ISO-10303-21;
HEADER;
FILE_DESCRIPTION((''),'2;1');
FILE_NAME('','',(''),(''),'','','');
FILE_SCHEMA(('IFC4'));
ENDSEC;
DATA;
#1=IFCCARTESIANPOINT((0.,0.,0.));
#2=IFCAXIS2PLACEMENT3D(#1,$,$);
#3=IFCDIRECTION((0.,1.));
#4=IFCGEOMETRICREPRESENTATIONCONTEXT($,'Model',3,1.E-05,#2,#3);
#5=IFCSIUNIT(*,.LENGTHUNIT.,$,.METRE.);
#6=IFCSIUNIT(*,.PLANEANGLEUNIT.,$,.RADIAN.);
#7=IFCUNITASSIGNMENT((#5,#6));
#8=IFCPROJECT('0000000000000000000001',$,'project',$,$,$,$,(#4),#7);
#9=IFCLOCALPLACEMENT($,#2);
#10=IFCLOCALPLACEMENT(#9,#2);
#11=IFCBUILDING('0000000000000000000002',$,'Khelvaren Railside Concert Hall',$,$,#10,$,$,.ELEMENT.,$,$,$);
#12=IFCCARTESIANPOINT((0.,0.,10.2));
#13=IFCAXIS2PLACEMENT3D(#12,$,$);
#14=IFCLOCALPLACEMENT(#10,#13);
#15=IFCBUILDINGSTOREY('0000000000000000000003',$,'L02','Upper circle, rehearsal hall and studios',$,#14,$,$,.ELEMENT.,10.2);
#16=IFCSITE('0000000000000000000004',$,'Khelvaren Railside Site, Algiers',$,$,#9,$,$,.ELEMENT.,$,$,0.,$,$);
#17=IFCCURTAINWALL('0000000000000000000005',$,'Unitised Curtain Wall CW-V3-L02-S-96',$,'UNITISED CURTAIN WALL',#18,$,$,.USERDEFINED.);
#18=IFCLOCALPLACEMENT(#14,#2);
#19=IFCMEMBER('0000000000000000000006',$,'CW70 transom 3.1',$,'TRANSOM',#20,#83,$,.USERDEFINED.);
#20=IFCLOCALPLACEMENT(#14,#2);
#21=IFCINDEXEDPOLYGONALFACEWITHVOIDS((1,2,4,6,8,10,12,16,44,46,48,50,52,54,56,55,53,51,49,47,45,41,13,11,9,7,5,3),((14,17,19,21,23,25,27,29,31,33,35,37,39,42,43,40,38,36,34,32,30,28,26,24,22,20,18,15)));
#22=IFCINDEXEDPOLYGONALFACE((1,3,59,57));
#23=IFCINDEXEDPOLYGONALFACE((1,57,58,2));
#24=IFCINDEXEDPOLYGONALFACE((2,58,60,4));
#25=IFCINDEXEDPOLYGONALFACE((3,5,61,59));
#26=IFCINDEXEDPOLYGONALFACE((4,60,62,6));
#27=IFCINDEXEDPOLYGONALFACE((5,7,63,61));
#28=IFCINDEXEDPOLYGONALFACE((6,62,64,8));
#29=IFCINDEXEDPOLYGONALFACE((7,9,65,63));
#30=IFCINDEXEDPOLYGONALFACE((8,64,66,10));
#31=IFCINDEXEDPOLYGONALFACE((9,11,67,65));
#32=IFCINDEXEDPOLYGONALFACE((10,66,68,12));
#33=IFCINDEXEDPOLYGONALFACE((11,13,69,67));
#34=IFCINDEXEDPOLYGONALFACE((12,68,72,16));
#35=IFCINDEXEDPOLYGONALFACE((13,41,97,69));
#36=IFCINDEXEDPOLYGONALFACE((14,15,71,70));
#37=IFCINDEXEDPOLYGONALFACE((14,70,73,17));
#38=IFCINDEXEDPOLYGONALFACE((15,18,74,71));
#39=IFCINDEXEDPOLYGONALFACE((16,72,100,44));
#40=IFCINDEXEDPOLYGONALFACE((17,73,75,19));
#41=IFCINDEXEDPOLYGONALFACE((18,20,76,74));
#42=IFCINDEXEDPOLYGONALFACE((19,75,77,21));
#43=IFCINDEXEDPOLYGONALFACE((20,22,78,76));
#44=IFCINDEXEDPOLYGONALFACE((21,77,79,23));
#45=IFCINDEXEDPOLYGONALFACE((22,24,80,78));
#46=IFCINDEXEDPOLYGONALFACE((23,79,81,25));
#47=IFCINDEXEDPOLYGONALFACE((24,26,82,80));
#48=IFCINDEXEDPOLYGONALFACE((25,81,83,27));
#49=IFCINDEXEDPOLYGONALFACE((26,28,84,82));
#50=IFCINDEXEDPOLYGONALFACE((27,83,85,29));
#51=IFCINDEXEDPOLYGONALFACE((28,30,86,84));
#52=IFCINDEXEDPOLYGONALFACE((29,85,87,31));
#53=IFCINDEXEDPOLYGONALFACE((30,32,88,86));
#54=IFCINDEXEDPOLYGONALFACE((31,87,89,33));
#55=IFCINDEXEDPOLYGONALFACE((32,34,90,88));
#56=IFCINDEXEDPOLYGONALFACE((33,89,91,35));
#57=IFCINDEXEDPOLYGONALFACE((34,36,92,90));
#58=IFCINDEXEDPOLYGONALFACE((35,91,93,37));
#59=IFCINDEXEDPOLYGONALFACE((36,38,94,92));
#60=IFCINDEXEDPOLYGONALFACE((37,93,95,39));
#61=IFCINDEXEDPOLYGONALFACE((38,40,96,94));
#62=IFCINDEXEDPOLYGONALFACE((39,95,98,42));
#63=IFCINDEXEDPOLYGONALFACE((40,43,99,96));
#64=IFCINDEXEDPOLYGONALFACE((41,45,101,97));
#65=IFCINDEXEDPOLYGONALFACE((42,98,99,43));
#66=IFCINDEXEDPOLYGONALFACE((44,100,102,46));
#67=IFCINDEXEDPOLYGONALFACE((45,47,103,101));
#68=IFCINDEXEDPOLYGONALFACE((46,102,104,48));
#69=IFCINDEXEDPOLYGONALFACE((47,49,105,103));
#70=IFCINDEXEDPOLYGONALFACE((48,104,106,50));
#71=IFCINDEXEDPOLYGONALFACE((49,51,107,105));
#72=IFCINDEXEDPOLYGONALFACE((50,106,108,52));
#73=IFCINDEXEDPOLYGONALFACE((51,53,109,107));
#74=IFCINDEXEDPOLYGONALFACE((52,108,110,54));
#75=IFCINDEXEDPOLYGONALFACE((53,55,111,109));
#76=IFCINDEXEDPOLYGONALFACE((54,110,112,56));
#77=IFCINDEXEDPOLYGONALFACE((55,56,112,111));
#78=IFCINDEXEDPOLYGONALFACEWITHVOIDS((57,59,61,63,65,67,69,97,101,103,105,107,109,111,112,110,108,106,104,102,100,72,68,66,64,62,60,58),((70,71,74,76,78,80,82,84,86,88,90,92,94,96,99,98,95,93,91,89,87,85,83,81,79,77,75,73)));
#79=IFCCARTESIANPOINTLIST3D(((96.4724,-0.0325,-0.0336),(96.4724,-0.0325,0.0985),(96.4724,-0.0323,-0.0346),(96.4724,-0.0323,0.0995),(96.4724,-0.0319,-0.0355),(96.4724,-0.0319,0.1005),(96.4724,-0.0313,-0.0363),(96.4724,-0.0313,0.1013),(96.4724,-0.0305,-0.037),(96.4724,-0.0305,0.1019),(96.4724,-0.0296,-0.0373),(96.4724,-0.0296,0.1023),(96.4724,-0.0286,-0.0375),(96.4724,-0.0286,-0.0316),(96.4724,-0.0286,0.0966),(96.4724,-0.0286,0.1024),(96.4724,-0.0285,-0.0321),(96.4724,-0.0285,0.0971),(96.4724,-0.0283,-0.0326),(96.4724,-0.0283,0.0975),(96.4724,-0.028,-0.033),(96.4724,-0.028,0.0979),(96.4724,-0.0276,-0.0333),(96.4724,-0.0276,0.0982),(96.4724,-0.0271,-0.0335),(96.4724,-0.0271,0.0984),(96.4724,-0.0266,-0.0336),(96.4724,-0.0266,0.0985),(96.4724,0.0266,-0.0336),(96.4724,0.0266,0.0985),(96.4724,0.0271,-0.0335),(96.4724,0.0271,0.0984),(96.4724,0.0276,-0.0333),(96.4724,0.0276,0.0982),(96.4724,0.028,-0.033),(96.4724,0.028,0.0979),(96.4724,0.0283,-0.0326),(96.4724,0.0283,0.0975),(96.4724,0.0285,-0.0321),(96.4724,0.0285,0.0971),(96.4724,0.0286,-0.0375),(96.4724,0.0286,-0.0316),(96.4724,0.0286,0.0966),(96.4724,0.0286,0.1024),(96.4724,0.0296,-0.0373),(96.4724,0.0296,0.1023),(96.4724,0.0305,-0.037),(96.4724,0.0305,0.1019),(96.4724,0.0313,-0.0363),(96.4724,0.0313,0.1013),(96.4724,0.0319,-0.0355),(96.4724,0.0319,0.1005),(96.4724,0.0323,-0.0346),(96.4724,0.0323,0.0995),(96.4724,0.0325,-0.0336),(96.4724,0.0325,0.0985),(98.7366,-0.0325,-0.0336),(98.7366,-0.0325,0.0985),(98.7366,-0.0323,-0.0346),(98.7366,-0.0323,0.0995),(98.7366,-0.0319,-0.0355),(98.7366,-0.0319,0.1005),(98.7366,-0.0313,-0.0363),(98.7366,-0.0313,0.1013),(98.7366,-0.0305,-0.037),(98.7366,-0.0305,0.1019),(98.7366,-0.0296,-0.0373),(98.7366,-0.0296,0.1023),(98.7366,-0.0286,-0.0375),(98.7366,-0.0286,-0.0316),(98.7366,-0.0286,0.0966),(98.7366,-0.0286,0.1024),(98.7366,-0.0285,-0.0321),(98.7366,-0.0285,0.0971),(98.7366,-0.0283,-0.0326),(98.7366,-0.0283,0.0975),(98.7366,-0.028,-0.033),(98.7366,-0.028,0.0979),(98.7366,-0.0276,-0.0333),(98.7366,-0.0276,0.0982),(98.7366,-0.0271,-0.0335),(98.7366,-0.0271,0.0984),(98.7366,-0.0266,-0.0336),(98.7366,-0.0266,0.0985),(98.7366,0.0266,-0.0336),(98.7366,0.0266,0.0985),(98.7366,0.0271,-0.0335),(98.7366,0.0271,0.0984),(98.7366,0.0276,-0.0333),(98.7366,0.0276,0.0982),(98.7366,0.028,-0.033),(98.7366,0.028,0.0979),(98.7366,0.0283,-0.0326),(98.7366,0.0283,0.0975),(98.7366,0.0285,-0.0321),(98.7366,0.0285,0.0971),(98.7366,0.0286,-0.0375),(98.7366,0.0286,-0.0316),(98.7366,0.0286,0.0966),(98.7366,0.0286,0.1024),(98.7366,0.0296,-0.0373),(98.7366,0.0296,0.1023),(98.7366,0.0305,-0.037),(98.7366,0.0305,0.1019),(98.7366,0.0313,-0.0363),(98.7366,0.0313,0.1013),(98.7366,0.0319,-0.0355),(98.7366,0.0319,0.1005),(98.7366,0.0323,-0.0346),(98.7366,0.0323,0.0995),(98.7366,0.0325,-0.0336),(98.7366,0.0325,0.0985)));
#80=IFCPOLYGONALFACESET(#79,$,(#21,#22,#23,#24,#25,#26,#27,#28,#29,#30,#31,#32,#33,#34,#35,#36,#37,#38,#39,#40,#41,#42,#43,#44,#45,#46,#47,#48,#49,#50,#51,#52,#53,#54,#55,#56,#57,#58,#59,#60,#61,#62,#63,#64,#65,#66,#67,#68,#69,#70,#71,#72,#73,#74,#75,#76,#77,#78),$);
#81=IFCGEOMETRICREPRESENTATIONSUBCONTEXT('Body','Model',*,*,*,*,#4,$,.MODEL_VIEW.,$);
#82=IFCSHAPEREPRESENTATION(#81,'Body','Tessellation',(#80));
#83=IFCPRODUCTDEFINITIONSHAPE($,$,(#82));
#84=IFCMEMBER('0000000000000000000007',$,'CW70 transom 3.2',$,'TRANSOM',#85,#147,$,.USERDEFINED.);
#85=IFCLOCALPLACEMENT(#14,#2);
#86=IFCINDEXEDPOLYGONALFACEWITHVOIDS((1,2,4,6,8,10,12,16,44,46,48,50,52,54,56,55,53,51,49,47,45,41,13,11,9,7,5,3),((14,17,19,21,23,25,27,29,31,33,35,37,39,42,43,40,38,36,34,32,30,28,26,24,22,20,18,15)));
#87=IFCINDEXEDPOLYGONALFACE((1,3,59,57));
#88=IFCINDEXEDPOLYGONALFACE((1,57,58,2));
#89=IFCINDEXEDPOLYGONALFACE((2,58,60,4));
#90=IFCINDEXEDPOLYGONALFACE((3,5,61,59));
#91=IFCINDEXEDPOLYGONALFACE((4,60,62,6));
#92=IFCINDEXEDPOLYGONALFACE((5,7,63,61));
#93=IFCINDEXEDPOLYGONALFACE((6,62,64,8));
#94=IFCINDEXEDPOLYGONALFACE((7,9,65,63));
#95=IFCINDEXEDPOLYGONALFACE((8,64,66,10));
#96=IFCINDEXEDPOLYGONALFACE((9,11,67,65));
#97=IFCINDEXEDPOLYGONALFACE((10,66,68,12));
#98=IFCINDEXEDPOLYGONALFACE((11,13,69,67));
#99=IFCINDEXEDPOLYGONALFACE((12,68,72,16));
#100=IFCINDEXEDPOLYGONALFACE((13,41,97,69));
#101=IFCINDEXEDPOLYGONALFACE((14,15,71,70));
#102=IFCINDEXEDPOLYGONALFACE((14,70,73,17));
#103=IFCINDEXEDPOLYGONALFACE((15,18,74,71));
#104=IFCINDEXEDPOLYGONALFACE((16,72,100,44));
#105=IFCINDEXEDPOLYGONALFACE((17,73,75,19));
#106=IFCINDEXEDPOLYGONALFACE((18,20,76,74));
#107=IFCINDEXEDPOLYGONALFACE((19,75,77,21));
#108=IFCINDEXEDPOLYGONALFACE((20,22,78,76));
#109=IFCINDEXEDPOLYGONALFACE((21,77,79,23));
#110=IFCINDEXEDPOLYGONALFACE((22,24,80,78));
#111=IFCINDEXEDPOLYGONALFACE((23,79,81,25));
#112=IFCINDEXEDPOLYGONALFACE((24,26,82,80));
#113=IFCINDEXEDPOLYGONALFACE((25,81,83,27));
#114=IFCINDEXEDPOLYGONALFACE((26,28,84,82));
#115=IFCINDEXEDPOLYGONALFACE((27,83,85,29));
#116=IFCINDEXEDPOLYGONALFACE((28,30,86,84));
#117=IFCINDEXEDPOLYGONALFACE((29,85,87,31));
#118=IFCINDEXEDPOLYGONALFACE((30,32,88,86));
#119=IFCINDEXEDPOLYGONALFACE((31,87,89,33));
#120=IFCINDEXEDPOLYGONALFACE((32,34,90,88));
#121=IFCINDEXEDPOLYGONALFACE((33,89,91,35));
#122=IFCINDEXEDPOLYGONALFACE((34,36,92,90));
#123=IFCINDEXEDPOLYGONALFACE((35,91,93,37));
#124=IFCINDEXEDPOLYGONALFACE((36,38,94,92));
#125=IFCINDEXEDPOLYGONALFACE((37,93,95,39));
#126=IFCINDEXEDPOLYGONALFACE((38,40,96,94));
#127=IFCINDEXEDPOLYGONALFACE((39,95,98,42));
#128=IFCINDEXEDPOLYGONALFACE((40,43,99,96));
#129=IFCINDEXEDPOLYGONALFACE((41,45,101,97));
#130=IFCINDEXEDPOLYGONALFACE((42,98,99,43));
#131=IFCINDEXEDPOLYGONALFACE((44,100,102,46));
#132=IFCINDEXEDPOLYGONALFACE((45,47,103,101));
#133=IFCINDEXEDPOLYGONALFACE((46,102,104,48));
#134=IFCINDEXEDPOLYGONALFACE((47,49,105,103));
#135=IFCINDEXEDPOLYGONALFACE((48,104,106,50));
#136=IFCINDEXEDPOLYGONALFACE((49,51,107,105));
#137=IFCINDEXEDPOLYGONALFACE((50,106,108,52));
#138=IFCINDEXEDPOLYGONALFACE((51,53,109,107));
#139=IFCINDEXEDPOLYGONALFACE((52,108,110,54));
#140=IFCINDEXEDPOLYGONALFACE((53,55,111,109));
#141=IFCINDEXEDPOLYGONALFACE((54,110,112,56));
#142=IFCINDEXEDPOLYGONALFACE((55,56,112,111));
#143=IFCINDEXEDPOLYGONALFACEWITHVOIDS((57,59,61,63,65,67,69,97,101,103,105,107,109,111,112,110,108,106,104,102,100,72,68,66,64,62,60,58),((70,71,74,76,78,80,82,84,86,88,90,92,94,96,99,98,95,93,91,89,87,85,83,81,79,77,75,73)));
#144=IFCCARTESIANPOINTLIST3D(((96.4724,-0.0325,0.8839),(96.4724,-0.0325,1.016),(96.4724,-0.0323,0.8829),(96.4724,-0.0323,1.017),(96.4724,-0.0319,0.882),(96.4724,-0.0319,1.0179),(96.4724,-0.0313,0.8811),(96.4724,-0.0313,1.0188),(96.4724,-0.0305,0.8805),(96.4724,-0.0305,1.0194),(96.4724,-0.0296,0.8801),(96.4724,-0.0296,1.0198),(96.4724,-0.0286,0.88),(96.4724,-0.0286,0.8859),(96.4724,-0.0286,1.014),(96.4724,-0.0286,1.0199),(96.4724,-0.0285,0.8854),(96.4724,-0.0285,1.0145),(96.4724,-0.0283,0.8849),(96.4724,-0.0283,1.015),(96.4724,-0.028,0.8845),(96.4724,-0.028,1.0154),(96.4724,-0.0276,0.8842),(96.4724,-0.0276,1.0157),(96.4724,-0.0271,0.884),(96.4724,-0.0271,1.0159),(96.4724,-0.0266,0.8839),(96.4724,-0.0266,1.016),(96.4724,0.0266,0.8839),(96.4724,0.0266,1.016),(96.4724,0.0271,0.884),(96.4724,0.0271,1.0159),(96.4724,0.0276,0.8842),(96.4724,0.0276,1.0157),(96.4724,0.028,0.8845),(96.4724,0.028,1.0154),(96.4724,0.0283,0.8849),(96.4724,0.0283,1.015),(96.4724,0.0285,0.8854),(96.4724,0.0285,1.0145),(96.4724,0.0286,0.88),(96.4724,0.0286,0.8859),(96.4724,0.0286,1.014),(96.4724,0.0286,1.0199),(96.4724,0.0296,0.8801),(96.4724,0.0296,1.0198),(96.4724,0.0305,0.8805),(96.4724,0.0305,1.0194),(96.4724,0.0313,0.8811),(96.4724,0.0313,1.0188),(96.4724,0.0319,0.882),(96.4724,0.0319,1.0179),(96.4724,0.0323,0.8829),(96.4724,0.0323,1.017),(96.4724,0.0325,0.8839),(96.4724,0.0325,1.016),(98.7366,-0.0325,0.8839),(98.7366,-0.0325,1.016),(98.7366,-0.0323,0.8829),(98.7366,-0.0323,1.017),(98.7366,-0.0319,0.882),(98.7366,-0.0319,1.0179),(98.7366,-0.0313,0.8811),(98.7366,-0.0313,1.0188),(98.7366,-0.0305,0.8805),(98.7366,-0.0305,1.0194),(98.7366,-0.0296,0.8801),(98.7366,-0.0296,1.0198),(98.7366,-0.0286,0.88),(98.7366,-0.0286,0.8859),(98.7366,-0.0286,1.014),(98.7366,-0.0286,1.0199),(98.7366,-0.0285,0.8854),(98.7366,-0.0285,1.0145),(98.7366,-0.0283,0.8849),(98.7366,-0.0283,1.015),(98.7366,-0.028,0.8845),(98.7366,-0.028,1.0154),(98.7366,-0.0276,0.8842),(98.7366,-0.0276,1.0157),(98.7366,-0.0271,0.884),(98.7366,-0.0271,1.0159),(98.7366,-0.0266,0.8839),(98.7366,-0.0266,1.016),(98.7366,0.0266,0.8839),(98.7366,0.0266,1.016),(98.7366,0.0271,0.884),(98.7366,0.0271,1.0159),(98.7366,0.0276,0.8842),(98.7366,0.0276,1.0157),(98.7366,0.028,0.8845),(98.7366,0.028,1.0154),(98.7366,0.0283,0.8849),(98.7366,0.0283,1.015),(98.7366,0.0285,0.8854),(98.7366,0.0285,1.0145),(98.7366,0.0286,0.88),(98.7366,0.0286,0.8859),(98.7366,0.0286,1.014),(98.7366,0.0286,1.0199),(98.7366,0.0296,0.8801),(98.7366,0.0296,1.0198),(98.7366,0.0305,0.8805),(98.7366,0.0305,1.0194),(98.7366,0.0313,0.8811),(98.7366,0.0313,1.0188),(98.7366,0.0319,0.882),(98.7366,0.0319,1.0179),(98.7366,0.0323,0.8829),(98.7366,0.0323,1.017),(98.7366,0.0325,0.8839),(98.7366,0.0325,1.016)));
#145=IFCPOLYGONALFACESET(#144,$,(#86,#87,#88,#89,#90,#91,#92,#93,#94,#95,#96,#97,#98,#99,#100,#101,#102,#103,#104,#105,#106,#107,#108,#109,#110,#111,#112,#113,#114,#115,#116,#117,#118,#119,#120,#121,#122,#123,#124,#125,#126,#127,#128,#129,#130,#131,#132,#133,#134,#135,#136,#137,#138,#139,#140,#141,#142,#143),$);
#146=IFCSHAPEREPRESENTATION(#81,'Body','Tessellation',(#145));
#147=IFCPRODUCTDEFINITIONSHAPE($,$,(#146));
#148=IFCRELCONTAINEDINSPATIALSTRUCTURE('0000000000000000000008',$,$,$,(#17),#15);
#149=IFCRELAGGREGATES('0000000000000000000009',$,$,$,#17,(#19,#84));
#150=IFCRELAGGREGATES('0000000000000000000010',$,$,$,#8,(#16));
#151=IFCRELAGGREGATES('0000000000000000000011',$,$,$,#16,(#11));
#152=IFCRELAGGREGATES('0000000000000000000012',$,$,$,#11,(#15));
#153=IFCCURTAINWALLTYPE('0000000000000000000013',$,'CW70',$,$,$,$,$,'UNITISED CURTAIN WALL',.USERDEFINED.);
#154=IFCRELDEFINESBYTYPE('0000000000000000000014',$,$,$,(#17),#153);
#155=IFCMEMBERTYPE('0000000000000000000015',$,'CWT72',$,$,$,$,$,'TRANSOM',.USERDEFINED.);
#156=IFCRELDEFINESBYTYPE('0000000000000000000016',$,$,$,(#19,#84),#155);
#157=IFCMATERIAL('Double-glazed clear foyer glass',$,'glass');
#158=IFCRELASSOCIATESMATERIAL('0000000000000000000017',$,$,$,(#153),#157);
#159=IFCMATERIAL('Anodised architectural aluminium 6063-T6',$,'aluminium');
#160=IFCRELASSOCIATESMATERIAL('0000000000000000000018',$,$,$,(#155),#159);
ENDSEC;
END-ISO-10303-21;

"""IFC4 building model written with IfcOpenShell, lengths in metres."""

from ifc_helpers import new_model, si_unit, direction, frame, origin, origin_2d, place, context, subcontext, project, spatial, hollow_rectangle, extrude, material, material_profile, profile_set, type_object, element, aggregate, save


model = new_model("IFC4")

# Units and contexts
model_context = context("Model", 3, precision=1e-05, world=origin(), true_north=direction((0.0, 1.0)))
body_context = subcontext(model_context, "Body", "Model", "MODEL_VIEW")
ifc_project = project(units=[si_unit("LENGTHUNIT", "METRE"), si_unit("PLANEANGLEUNIT", "RADIAN")], contexts=[model_context])

# Site, building, storey
site_placement = place(None, origin())
site = spatial("IfcSite", under=ifc_project, at=site_placement, Name="Khelvaren Railside Site, Algiers", CompositionType="ELEMENT", RefElevation=0.0)
building_placement = place(site_placement, origin())
building = spatial("IfcBuilding", under=site, at=building_placement, Name="Khelvaren Railside Concert Hall", CompositionType="ELEMENT")
storey_placement = place(building_placement, frame((0.0, 0.0, 10.2)))
storey = spatial("IfcBuildingStorey", under=building, at=storey_placement, Name="L02", Description="Upper circle, rehearsal hall and studios", CompositionType="ELEMENT", Elevation=10.2)

# Curtain wall, members
ifc_material_1 = material(Name="Double-glazed clear foyer glass", Category="glass")
curtain_wall_type = type_object("IfcCurtainWallType", Name="CW70", ElementType="UNITISED CURTAIN WALL", PredefinedType="USERDEFINED", material=ifc_material_1)
curtain_wall_placement = place(storey_placement, origin())
curtain_wall = element("IfcCurtainWall", 1, at=curtain_wall_placement, inside=storey, type_object=curtain_wall_type, Name="Unitised Curtain Wall CW-V3-L02-S-96", ObjectType="UNITISED CURTAIN WALL", PredefinedType="USERDEFINED")
ifc_material_2 = material(Name="Anodised architectural aluminium 6063-T6", Category="aluminium")
ifc_material_profile_1 = material_profile(ifc_material_2, hollow_rectangle(XDim=0.0649, YDim=0.1399, WallThickness=0.0039, InnerFilletRadius=0.002, OuterFilletRadius=0.0039, at=origin_2d()), Name="CWT 65x140x4")
ifc_profile_set_1 = profile_set([ifc_material_profile_1], Name="Anodised architectural aluminium 6063-T6")
member_type_1 = type_object("IfcMemberType", Name="CWT72", ElementType="TRANSOM", PredefinedType="USERDEFINED", material=ifc_profile_set_1)
member_1_placement = place(storey_placement, frame((98.7366, 0.0, 0.0325), z_axis=(-1.0, 0.0, 0.0), x_axis=(0.0, -1.0, 0.0)))
member_1 = element("IfcMember", 2, at=member_1_placement, type_object=member_type_1, Name="CW70 transom 3.1", ObjectType="TRANSOM", PredefinedType="USERDEFINED", context=body_context, shape_type="SweptSolid", body=[
    extrude(hollow_rectangle(XDim=0.0649, YDim=0.1399, WallThickness=0.0039, InnerFilletRadius=0.002, OuterFilletRadius=0.0039, at=origin_2d()), origin(), (0.0, 0.0, 1.0), 2.2642),
])
member_2_placement = place(storey_placement, frame((98.7366, 0.0, 0.95), z_axis=(-1.0, 0.0, 0.0), x_axis=(0.0, -1.0, 0.0)))
member_2 = element("IfcMember", 3, at=member_2_placement, type_object=member_type_1, Name="CW70 transom 3.2", ObjectType="TRANSOM", PredefinedType="USERDEFINED", context=body_context, shape_type="SweptSolid", body=[
    extrude(hollow_rectangle(XDim=0.0649, YDim=0.1399, WallThickness=0.0039, InnerFilletRadius=0.002, OuterFilletRadius=0.0039, at=origin_2d()), origin(), (0.0, 0.0, 1.0), 2.2642),
])

aggregate(curtain_wall, [member_1, member_2])

save(model, "model.ifc")
